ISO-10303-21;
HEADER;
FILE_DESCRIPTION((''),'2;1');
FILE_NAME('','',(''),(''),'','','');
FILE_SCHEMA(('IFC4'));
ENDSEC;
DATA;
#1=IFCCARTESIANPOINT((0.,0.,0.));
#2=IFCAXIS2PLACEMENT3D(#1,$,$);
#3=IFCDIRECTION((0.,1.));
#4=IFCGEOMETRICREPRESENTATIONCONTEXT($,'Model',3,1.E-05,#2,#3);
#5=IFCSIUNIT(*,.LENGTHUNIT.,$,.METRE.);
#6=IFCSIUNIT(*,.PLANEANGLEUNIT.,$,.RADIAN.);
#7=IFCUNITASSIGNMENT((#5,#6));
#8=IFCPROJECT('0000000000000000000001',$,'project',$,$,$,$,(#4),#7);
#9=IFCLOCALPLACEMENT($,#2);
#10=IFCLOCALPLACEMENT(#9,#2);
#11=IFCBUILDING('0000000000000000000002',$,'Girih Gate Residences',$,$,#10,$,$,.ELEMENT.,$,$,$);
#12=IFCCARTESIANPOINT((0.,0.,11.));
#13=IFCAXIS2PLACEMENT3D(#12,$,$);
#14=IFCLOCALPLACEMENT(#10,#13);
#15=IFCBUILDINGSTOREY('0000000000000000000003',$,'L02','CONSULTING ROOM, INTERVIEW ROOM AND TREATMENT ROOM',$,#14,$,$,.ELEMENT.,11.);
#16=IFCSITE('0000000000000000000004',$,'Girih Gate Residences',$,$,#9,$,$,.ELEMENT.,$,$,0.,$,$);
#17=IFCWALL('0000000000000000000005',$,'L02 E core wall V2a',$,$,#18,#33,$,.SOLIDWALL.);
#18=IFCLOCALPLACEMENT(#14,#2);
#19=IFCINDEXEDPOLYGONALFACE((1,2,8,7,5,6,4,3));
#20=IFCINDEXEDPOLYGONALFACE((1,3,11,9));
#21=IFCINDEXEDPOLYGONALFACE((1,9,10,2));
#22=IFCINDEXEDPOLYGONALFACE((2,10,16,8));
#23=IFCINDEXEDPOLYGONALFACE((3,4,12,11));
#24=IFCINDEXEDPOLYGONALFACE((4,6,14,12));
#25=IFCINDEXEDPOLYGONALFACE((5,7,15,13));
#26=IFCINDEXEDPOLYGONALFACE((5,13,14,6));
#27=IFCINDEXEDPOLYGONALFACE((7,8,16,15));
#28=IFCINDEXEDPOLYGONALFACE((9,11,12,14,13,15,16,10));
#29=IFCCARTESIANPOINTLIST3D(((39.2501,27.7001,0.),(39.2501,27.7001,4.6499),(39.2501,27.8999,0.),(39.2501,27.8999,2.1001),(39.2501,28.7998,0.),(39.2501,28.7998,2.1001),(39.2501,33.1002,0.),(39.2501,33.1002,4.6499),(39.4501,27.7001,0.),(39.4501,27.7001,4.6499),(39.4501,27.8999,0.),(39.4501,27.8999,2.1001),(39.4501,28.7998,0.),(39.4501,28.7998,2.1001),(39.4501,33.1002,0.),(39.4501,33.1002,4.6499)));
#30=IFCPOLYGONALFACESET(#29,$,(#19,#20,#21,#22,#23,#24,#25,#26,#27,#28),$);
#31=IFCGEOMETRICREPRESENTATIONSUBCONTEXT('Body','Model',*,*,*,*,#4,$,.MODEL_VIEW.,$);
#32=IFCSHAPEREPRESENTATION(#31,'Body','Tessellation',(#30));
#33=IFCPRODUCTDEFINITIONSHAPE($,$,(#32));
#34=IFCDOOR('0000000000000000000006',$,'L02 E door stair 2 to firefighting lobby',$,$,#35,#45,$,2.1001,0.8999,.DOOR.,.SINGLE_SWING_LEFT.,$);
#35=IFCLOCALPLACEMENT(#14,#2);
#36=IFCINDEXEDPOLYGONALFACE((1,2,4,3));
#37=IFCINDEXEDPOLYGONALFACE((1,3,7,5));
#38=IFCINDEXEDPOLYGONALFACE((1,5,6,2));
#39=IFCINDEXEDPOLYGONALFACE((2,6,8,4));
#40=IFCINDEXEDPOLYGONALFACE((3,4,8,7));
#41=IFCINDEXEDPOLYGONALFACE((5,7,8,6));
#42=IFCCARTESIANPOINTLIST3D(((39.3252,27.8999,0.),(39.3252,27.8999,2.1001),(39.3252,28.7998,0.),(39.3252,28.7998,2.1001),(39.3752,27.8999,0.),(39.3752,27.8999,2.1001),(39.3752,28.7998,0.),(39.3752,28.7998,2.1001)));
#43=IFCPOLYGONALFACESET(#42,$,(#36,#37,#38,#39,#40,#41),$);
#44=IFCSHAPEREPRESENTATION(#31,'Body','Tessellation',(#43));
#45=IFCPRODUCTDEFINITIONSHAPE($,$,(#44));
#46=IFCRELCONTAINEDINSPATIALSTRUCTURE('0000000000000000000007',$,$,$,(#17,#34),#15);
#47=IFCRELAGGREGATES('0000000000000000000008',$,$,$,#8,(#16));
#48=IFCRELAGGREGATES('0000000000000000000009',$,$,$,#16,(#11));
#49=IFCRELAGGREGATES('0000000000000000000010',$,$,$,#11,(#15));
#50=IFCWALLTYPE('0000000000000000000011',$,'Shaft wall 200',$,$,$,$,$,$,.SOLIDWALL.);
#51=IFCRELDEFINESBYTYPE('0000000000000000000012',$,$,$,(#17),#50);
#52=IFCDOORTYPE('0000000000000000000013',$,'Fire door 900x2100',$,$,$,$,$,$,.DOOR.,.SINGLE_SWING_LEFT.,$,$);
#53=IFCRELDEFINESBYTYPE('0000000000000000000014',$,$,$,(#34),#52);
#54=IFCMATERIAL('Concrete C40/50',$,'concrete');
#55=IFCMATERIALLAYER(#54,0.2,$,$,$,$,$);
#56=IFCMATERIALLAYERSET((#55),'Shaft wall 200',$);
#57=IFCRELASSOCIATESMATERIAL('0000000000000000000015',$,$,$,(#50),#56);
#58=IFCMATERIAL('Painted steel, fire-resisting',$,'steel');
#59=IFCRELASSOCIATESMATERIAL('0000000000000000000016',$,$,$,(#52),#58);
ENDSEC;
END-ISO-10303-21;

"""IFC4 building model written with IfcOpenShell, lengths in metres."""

from ifc_helpers import new_model, si_unit, direction, frame, frame_2d, origin, place, context, subcontext, project, spatial, rectangle, extrude, material, layer, layer_set, type_object, element, fill, save


model = new_model("IFC4")

# Units and contexts
model_context = context("Model", 3, precision=1e-05, world=origin(), true_north=direction((0.0, 1.0)))
body_context = subcontext(model_context, "Body", "Model", "MODEL_VIEW")
ifc_project = project(units=[si_unit("LENGTHUNIT", "METRE"), si_unit("PLANEANGLEUNIT", "RADIAN")], contexts=[model_context])

# Site, building, storey
site_placement = place(None, origin())
site = spatial("IfcSite", under=ifc_project, at=site_placement, Name="Girih Gate Residences", CompositionType="ELEMENT", RefElevation=0.0)
building_placement = place(site_placement, origin())
building = spatial("IfcBuilding", under=site, at=building_placement, Name="Girih Gate Residences", CompositionType="ELEMENT")
storey_placement = place(building_placement, frame((0.0, 0.0, 11.0)))
storey = spatial("IfcBuildingStorey", under=building, at=storey_placement, Name="L02", Description="CONSULTING ROOM, INTERVIEW ROOM AND TREATMENT ROOM", CompositionType="ELEMENT", Elevation=11.0)

# Shared definitions
ifc_material_1 = material(Name="Painted steel, fire-resisting", Category="steel")

# Wall, opening, door
ifc_material_2 = material(Name="Concrete C40/50", Category="concrete")
ifc_layer_1 = layer(ifc_material_2, 0.2)
ifc_layer_set_1 = layer_set([ifc_layer_1], Name="Shaft wall 200")
wall_type_1 = type_object("IfcWallType", Name="Shaft wall 200", PredefinedType="SOLIDWALL", material=ifc_layer_set_1)
door_type_1 = type_object("IfcDoorType", Name="Fire door 900x2100", OperationType="SINGLE_SWING_LEFT", PredefinedType="DOOR", material=ifc_material_1)
wall_1_placement = place(storey_placement, frame((39.3501, 27.7, 0.0), z_axis=(0.0, 0.0, 1.0), x_axis=(0.0, 1.0, 0.0)))
wall_1 = element("IfcWall", 1, at=wall_1_placement, inside=storey, type_object=wall_type_1, Name="L02 E core wall V2a", PredefinedType="SOLIDWALL", context=body_context, shape_type="SweptSolid", body=[
    extrude(rectangle(XDim=5.4001, YDim=0.2, at=frame_2d((2.7002, 0.0))), origin(), (0.0, 0.0, 1.0), 4.6499),
])
opening_1_placement = place(wall_1_placement, frame((0.2, 0.0, 0.0)))
opening_1 = element("IfcOpeningElement", 2, at=opening_1_placement, cuts=wall_1, PredefinedType="OPENING", context=body_context, shape_type="SweptSolid", body=[
    extrude(rectangle(XDim=0.8999, YDim=2.1001, at=frame_2d((0.45, 1.05))), frame((0.0, 0.1099, 0.0), z_axis=(0.0, -1.0, 0.0), x_axis=(1.0, 0.0, 0.0)), (0.0, 0.0, 1.0), 0.22),
])
door_1_placement = place(opening_1_placement, origin())
door_1 = element("IfcDoor", 3, at=door_1_placement, inside=storey, type_object=door_type_1, Name="L02 E door stair 2 to firefighting lobby", OperationType="SINGLE_SWING_LEFT", OverallHeight=2.1001, OverallWidth=0.8999, PredefinedType="DOOR", context=body_context, shape_type="SweptSolid", body=[
    extrude(rectangle(XDim=0.8999, YDim=2.1001, at=frame_2d((0.45, 1.05))), frame((0.0, 0.0249, 0.0), z_axis=(0.0, -1.0, 0.0), x_axis=(1.0, 0.0, 0.0)), (0.0, 0.0, 1.0), 0.05),
])
fill(opening_1, door_1)

save(model, "model.ifc")
